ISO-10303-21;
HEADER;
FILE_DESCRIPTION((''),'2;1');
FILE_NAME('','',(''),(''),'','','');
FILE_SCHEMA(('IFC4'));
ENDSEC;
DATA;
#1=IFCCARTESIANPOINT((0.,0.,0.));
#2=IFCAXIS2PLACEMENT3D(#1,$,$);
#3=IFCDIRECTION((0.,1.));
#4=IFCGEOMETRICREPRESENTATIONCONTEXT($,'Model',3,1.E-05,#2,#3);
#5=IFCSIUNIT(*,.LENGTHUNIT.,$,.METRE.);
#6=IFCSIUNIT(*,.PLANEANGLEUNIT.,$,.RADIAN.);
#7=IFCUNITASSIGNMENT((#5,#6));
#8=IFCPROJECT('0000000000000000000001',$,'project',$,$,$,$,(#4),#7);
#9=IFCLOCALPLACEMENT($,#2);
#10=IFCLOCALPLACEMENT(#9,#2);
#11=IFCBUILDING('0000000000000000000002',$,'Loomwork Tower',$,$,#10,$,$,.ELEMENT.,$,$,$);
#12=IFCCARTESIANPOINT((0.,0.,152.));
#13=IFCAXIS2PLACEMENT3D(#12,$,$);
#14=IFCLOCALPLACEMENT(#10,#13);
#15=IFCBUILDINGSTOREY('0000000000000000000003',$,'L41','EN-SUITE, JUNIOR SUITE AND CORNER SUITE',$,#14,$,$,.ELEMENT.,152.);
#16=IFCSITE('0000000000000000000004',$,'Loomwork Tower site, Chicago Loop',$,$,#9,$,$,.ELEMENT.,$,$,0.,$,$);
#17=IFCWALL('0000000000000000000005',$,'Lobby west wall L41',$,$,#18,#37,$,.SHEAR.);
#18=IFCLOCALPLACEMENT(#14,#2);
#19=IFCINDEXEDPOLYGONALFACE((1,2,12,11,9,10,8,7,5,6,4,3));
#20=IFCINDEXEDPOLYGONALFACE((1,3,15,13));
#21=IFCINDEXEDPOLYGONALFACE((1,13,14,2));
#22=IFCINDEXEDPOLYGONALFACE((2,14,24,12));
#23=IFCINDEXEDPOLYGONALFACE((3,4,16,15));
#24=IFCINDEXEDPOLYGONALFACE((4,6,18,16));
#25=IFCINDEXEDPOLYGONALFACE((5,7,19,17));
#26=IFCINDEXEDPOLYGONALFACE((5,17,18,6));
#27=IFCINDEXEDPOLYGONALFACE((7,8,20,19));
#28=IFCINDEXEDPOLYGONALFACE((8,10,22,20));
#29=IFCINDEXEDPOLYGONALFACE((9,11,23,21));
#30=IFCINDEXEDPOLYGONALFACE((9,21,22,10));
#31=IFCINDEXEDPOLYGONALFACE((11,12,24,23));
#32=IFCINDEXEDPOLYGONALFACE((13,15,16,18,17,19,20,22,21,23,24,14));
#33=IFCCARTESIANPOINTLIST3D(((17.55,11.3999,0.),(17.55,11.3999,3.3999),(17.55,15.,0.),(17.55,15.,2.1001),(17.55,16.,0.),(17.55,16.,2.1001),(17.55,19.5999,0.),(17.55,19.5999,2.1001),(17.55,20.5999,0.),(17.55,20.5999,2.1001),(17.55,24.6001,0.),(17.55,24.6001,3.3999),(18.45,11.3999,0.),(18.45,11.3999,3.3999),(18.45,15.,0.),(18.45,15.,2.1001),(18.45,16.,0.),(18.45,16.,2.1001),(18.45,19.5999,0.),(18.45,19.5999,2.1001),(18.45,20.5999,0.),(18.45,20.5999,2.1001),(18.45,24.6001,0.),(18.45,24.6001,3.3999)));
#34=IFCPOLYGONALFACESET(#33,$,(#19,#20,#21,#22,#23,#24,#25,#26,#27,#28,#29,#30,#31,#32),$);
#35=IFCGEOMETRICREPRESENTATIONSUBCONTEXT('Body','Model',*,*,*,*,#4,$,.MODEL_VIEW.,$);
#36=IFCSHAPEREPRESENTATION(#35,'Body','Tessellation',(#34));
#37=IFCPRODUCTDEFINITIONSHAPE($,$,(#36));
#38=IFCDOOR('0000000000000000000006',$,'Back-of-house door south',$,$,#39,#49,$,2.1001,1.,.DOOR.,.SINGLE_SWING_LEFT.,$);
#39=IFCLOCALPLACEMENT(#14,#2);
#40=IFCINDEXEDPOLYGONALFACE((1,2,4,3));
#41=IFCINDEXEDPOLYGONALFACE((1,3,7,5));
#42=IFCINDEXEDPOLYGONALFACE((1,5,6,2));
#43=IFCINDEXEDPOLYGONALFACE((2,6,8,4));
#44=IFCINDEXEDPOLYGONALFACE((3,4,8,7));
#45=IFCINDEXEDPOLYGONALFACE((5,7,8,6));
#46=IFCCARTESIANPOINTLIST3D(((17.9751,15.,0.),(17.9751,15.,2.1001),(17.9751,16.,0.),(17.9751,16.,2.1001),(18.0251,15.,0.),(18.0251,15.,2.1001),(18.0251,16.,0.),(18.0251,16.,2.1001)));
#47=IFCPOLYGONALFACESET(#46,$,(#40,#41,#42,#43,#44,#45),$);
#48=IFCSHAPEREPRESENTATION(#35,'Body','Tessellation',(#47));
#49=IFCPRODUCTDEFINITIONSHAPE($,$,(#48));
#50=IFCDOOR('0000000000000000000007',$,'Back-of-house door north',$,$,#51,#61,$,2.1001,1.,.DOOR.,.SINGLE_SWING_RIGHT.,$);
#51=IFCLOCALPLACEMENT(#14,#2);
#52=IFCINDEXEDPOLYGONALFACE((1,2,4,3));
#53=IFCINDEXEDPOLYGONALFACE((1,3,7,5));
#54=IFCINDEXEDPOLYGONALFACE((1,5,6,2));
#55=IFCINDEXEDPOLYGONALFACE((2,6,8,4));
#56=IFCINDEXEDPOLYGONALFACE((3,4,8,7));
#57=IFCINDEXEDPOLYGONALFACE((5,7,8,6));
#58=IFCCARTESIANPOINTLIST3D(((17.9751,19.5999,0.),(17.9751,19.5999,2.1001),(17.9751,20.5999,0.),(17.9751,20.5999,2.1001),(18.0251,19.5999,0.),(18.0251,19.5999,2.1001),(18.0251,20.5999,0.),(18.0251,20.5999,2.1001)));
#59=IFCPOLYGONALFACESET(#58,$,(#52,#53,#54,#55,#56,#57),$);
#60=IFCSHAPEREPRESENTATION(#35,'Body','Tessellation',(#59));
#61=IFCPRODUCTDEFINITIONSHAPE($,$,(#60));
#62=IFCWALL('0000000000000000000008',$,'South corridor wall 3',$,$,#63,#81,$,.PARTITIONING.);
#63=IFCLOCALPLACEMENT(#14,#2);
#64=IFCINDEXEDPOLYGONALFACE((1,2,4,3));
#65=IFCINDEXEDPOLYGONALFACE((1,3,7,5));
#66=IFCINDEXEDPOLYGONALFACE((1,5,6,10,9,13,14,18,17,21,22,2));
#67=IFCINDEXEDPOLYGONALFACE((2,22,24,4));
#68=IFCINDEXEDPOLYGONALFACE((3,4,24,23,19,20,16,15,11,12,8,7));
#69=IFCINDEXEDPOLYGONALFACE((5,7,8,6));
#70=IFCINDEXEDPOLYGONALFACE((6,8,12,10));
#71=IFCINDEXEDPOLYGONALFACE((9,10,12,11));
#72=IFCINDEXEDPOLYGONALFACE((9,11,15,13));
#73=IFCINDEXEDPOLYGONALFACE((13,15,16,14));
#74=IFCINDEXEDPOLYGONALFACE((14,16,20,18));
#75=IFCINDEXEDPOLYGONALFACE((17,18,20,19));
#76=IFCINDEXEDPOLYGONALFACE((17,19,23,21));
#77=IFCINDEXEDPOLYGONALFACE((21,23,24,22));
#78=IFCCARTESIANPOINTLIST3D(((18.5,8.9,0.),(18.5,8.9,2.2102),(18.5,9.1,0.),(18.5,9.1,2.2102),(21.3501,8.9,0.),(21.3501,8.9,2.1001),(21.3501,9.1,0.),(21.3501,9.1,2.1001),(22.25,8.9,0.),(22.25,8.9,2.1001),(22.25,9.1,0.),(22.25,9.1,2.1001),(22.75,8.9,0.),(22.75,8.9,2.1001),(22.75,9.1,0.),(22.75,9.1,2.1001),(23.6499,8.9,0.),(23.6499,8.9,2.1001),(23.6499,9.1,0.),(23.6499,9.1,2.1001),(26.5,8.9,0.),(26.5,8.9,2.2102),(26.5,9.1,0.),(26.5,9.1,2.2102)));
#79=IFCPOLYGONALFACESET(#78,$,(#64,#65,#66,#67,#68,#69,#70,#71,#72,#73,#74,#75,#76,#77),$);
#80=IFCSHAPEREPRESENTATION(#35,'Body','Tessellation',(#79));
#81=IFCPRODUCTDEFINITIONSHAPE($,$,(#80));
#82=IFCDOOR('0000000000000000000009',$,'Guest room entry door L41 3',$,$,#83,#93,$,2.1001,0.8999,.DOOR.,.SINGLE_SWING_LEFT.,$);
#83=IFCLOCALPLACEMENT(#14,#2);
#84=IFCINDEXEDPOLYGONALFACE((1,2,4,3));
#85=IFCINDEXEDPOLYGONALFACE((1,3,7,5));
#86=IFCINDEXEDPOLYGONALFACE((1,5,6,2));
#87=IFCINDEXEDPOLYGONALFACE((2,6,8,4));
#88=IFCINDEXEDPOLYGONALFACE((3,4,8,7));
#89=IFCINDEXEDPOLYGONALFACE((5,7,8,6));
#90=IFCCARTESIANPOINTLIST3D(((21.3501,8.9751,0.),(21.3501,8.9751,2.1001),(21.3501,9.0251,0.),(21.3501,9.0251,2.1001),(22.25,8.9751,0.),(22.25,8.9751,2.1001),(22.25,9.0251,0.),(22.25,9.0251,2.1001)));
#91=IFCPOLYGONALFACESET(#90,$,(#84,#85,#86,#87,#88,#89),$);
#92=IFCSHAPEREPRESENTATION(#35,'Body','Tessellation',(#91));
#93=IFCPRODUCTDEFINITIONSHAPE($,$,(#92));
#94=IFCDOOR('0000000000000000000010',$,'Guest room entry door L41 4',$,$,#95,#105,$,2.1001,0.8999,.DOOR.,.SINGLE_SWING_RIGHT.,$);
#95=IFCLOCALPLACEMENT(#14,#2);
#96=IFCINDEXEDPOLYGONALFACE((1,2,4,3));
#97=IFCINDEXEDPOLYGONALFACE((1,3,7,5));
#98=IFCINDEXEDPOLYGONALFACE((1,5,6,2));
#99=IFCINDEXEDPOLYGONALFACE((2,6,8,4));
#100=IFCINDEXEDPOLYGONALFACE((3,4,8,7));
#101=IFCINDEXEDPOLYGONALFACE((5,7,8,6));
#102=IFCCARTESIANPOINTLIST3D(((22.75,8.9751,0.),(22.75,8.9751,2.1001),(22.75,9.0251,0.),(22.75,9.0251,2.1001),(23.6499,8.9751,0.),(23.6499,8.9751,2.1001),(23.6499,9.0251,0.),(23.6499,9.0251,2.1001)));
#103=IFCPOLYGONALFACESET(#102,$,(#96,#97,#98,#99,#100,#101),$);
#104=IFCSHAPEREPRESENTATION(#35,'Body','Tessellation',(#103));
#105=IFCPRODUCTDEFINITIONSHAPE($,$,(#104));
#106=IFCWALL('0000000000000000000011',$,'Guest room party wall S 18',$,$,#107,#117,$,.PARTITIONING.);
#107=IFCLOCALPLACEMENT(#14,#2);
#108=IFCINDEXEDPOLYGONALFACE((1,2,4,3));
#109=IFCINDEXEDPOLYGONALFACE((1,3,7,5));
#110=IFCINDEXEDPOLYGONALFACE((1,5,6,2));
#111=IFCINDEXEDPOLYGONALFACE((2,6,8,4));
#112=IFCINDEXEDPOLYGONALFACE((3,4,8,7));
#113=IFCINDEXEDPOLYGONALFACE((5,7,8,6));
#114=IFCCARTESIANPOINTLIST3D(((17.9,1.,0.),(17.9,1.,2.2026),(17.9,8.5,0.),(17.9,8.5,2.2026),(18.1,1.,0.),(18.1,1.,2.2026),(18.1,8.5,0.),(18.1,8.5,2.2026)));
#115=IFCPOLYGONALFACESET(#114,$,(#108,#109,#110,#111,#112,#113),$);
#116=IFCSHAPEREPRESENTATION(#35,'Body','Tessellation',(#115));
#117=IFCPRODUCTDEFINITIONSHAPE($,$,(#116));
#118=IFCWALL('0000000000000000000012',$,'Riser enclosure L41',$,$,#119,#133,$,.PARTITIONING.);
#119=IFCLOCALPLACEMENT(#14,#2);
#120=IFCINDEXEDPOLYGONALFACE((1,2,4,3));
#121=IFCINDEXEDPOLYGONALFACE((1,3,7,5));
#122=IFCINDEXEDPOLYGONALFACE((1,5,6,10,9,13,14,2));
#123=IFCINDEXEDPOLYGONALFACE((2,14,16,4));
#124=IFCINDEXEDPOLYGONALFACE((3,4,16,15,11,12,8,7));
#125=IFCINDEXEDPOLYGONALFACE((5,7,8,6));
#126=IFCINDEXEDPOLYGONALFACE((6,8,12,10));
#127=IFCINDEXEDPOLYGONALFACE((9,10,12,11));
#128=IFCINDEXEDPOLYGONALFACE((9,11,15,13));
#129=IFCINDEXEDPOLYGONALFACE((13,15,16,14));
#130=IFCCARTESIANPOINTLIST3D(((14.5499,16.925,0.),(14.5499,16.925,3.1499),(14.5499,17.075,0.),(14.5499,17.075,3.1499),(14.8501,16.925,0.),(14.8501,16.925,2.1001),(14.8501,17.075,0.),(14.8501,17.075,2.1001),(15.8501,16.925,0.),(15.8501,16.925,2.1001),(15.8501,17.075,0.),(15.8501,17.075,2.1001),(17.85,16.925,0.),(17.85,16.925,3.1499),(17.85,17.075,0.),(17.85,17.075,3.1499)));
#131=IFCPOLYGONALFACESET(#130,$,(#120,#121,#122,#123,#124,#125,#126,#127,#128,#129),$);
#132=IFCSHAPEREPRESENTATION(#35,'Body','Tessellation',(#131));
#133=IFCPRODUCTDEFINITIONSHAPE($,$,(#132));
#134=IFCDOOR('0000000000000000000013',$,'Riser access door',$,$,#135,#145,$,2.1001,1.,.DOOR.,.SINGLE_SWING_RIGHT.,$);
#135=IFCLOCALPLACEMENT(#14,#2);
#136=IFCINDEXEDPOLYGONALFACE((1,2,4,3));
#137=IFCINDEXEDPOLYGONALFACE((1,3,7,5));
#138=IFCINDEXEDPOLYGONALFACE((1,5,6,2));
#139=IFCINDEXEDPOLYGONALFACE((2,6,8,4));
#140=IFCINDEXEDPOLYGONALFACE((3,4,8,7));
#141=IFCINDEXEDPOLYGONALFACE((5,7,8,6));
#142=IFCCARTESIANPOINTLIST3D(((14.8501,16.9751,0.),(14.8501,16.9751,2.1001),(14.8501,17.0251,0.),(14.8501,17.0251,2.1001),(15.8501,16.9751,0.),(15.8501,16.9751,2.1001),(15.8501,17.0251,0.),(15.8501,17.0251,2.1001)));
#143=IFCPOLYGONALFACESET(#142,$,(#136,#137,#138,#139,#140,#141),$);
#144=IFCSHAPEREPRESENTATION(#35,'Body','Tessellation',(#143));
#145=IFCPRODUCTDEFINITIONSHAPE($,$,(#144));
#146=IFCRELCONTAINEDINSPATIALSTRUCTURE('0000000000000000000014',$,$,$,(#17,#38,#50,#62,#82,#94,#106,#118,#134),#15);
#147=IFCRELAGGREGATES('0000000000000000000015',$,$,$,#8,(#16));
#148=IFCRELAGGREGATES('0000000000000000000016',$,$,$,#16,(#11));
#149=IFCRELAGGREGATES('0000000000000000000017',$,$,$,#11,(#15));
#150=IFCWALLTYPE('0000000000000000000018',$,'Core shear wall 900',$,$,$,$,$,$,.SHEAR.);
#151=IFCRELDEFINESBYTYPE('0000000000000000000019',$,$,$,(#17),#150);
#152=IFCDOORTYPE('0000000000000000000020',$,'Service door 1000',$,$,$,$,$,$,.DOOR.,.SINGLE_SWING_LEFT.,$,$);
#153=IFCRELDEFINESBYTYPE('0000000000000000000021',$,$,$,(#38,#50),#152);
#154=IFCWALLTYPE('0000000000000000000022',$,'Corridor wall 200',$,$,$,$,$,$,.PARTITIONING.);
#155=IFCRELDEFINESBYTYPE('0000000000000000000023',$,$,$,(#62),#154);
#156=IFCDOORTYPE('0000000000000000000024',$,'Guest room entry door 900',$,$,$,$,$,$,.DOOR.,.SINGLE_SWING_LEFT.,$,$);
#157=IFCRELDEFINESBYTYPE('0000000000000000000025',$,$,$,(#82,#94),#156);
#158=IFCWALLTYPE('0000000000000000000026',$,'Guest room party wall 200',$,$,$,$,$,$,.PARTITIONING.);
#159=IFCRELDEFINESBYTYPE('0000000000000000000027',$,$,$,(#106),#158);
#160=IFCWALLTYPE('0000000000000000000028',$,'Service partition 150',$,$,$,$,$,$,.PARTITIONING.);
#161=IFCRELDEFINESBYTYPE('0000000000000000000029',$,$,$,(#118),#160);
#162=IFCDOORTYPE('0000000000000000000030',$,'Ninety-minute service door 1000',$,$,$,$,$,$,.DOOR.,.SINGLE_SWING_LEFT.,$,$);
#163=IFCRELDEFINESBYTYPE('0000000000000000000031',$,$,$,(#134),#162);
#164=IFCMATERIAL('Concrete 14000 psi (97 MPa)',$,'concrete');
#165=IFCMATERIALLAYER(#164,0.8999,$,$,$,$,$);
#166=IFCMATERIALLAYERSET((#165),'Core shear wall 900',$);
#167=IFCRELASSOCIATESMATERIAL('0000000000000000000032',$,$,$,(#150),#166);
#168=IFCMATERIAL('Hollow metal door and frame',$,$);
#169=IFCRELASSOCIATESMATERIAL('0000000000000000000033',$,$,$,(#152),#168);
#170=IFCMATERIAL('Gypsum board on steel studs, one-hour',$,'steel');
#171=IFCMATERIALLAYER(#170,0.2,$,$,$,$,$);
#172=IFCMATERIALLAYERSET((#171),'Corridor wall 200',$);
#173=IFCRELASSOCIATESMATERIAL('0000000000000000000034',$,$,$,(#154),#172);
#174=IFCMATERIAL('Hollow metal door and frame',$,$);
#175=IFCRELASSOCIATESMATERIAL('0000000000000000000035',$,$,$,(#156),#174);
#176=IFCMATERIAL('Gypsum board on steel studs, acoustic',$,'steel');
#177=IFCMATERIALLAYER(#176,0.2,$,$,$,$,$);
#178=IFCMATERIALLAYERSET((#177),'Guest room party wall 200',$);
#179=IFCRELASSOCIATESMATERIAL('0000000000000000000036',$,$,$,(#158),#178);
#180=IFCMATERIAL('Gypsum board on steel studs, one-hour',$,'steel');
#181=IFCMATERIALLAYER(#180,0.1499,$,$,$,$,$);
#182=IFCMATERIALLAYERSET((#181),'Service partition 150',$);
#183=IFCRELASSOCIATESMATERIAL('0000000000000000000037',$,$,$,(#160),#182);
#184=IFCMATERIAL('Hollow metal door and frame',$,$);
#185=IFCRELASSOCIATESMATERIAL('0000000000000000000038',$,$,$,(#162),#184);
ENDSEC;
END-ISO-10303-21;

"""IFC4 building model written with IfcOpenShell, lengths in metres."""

from ifc_helpers import new_model, si_unit, direction, frame, frame_2d, origin, place, context, subcontext, project, spatial, rectangle, extrude, material, layer, layer_set, type_object, element, fill, save


model = new_model("IFC4")

# Units and contexts
model_context = context("Model", 3, precision=1e-05, world=origin(), true_north=direction((0.0, 1.0)))
body_context = subcontext(model_context, "Body", "Model", "MODEL_VIEW")
ifc_project = project(units=[si_unit("LENGTHUNIT", "METRE"), si_unit("PLANEANGLEUNIT", "RADIAN")], contexts=[model_context])

# Site, building, storey
site_placement = place(None, origin())
site = spatial("IfcSite", under=ifc_project, at=site_placement, Name="Loomwork Tower site, Chicago Loop", CompositionType="ELEMENT", RefElevation=0.0)
building_placement = place(site_placement, origin())
building = spatial("IfcBuilding", under=site, at=building_placement, Name="Loomwork Tower", CompositionType="ELEMENT")
storey_placement = place(building_placement, frame((0.0, 0.0, 152.0)))
storey = spatial("IfcBuildingStorey", under=building, at=storey_placement, Name="L41", Description="EN-SUITE, JUNIOR SUITE AND CORNER SUITE", CompositionType="ELEMENT", Elevation=152.0)

# Walls, openings, doors
ifc_material_1 = material(Name="Concrete 14000 psi (97 MPa)", Category="concrete")
ifc_layer_1 = layer(ifc_material_1, 0.8999)
ifc_layer_set_1 = layer_set([ifc_layer_1], Name="Core shear wall 900")
wall_type_1 = type_object("IfcWallType", Name="Core shear wall 900", PredefinedType="SHEAR", material=ifc_layer_set_1)
wall_1_placement = place(storey_placement, frame((18.0, 11.3999, 0.0), z_axis=(0.0, 0.0, 1.0), x_axis=(0.0, 1.0, 0.0)))
wall_1 = element("IfcWall", 1, at=wall_1_placement, inside=storey, type_object=wall_type_1, Name="Lobby west wall L41", PredefinedType="SHEAR", context=body_context, shape_type="SweptSolid", body=[
    extrude(rectangle(XDim=13.2002, YDim=0.8999, at=frame_2d((6.6001, 0.0))), origin(), (0.0, 0.0, 1.0), 3.3999),
])
opening_1_placement = place(wall_1_placement, frame((3.6001, 0.0, 0.0)))
opening_1 = element("IfcOpeningElement", 2, at=opening_1_placement, cuts=wall_1, PredefinedType="OPENING", context=body_context, shape_type="SweptSolid", body=[
    extrude(rectangle(XDim=1.0, YDim=2.1001, at=frame_2d((0.5, 1.05))), frame((0.0, 0.46, 0.0), z_axis=(0.0, -1.0, 0.0), x_axis=(1.0, 0.0, 0.0)), (0.0, 0.0, 1.0), 0.9199),
])
opening_2_placement = place(wall_1_placement, frame((8.2, 0.0, 0.0)))
opening_2 = element("IfcOpeningElement", 3, at=opening_2_placement, cuts=wall_1, PredefinedType="OPENING", context=body_context, shape_type="SweptSolid", body=[
    extrude(rectangle(XDim=1.0, YDim=2.1001, at=frame_2d((0.5, 1.05))), frame((0.0, 0.46, 0.0), z_axis=(0.0, -1.0, 0.0), x_axis=(1.0, 0.0, 0.0)), (0.0, 0.0, 1.0), 0.9199),
])
ifc_material_2 = material(Name="Hollow metal door and frame")
door_type_1 = type_object("IfcDoorType", Name="Service door 1000", OperationType="SINGLE_SWING_LEFT", PredefinedType="DOOR", material=ifc_material_2)
door_1_placement = place(opening_1_placement, origin())
door_1 = element("IfcDoor", 4, at=door_1_placement, inside=storey, type_object=door_type_1, Name="Back-of-house door south", OperationType="SINGLE_SWING_LEFT", OverallHeight=2.1001, OverallWidth=1.0, PredefinedType="DOOR", context=body_context, shape_type="SweptSolid", body=[
    extrude(rectangle(XDim=1.0, YDim=2.1001, at=frame_2d((0.5, 1.05))), frame((0.0, 0.0249, 0.0), z_axis=(0.0, -1.0, 0.0), x_axis=(1.0, 0.0, 0.0)), (0.0, 0.0, 1.0), 0.05),
])
fill(opening_1, door_1)
door_2_placement = place(opening_2_placement, origin())
door_2 = element("IfcDoor", 5, at=door_2_placement, inside=storey, type_object=door_type_1, Name="Back-of-house door north", OperationType="SINGLE_SWING_RIGHT", OverallHeight=2.1001, OverallWidth=1.0, PredefinedType="DOOR", context=body_context, shape_type="SweptSolid", body=[
    extrude(rectangle(XDim=1.0, YDim=2.1001, at=frame_2d((0.5, 1.05))), frame((0.0, 0.0249, 0.0), z_axis=(0.0, -1.0, 0.0), x_axis=(1.0, 0.0, 0.0)), (0.0, 0.0, 1.0), 0.05),
])
fill(opening_2, door_2)
ifc_material_3 = material(Name="Gypsum board on steel studs, one-hour", Category="steel")
ifc_layer_2 = layer(ifc_material_3, 0.2)
ifc_layer_set_2 = layer_set([ifc_layer_2], Name="Corridor wall 200")
wall_type_2 = type_object("IfcWallType", Name="Corridor wall 200", PredefinedType="PARTITIONING", material=ifc_layer_set_2)
wall_2_placement = place(storey_placement, frame((18.5, 9.0, 0.0), z_axis=(0.0, 0.0, 1.0), x_axis=(1.0, 0.0, 0.0)))
wall_2 = element("IfcWall", 6, at=wall_2_placement, inside=storey, type_object=wall_type_2, Name="South corridor wall 3", PredefinedType="PARTITIONING", context=body_context, shape_type="SweptSolid", body=[
    extrude(rectangle(XDim=8.0, YDim=0.2, at=frame_2d((4.0, 0.0))), origin(), (0.0, 0.0, 1.0), 2.2102),
])
opening_3_placement = place(wall_2_placement, frame((2.8501, 0.0, 0.0)))
opening_3 = element("IfcOpeningElement", 7, at=opening_3_placement, cuts=wall_2, PredefinedType="OPENING", context=body_context, shape_type="SweptSolid", body=[
    extrude(rectangle(XDim=0.8999, YDim=2.1001, at=frame_2d((0.45, 1.05))), frame((0.0, 0.1099, 0.0), z_axis=(0.0, -1.0, 0.0), x_axis=(1.0, 0.0, 0.0)), (0.0, 0.0, 1.0), 0.22),
])
opening_4_placement = place(wall_2_placement, frame((4.25, 0.0, 0.0)))
opening_4 = element("IfcOpeningElement", 8, at=opening_4_placement, cuts=wall_2, PredefinedType="OPENING", context=body_context, shape_type="SweptSolid", body=[
    extrude(rectangle(XDim=0.8999, YDim=2.1001, at=frame_2d((0.45, 1.05))), frame((0.0, 0.1099, 0.0), z_axis=(0.0, -1.0, 0.0), x_axis=(1.0, 0.0, 0.0)), (0.0, 0.0, 1.0), 0.22),
])
ifc_material_4 = material(Name="Hollow metal door and frame")
door_type_2 = type_object("IfcDoorType", Name="Guest room entry door 900", OperationType="SINGLE_SWING_LEFT", PredefinedType="DOOR", material=ifc_material_4)
door_3_placement = place(opening_3_placement, frame((0.8999, 0.0, 0.0), z_axis=(0.0, 0.0, 1.0), x_axis=(-1.0, 0.0, 0.0)))
door_3 = element("IfcDoor", 9, at=door_3_placement, inside=storey, type_object=door_type_2, Name="Guest room entry door L41 3", OperationType="SINGLE_SWING_LEFT", OverallHeight=2.1001, OverallWidth=0.8999, PredefinedType="DOOR", context=body_context, shape_type="SweptSolid", body=[
    extrude(rectangle(XDim=0.8999, YDim=2.1001, at=frame_2d((0.45, 1.05))), frame((0.0, 0.0249, 0.0), z_axis=(0.0, -1.0, 0.0), x_axis=(1.0, 0.0, 0.0)), (0.0, 0.0, 1.0), 0.05),
])
fill(opening_3, door_3)
door_4_placement = place(opening_4_placement, frame((0.8999, 0.0, 0.0), z_axis=(0.0, 0.0, 1.0), x_axis=(-1.0, 0.0, 0.0)))
door_4 = element("IfcDoor", 10, at=door_4_placement, inside=storey, type_object=door_type_2, Name="Guest room entry door L41 4", OperationType="SINGLE_SWING_RIGHT", OverallHeight=2.1001, OverallWidth=0.8999, PredefinedType="DOOR", context=body_context, shape_type="SweptSolid", body=[
    extrude(rectangle(XDim=0.8999, YDim=2.1001, at=frame_2d((0.45, 1.05))), frame((0.0, 0.0249, 0.0), z_axis=(0.0, -1.0, 0.0), x_axis=(1.0, 0.0, 0.0)), (0.0, 0.0, 1.0), 0.05),
])
fill(opening_4, door_4)

# Wall
ifc_material_5 = material(Name="Gypsum board on steel studs, acoustic", Category="steel")
ifc_layer_3 = layer(ifc_material_5, 0.2)
ifc_layer_set_3 = layer_set([ifc_layer_3], Name="Guest room party wall 200")
wall_type_3 = type_object("IfcWallType", Name="Guest room party wall 200", PredefinedType="PARTITIONING", material=ifc_layer_set_3)
wall_3_placement = place(storey_placement, frame((18.0, 8.5, 0.0), z_axis=(0.0, 0.0, 1.0), x_axis=(0.0, -1.0, 0.0)))
element("IfcWall", 11, at=wall_3_placement, inside=storey, type_object=wall_type_3, Name="Guest room party wall S 18", PredefinedType="PARTITIONING", context=body_context, shape_type="SweptSolid", body=[
    extrude(rectangle(XDim=7.5, YDim=0.2, at=frame_2d((3.75, 0.0))), origin(), (0.0, 0.0, 1.0), 2.2026),
])

# Wall, opening, door
ifc_material_6 = material(Name="Gypsum board on steel studs, one-hour", Category="steel")
ifc_layer_4 = layer(ifc_material_6, 0.1499)
ifc_layer_set_4 = layer_set([ifc_layer_4], Name="Service partition 150")
wall_type_4 = type_object("IfcWallType", Name="Service partition 150", PredefinedType="PARTITIONING", material=ifc_layer_set_4)
wall_4_placement = place(storey_placement, frame((14.55, 17.0, 0.0), z_axis=(0.0, 0.0, 1.0), x_axis=(1.0, 0.0, 0.0)))
wall_4 = element("IfcWall", 12, at=wall_4_placement, inside=storey, type_object=wall_type_4, Name="Riser enclosure L41", PredefinedType="PARTITIONING", context=body_context, shape_type="SweptSolid", body=[
    extrude(rectangle(XDim=3.3, YDim=0.1499, at=frame_2d((1.6499, 0.0))), origin(), (0.0, 0.0, 1.0), 3.1499),
])
opening_5_placement = place(wall_4_placement, frame((0.3, 0.0, 0.0)))
opening_5 = element("IfcOpeningElement", 13, at=opening_5_placement, cuts=wall_4, PredefinedType="OPENING", context=body_context, shape_type="SweptSolid", body=[
    extrude(rectangle(XDim=1.0, YDim=2.1001, at=frame_2d((0.5, 1.05))), frame((0.0, 0.085, 0.0), z_axis=(0.0, -1.0, 0.0), x_axis=(1.0, 0.0, 0.0)), (0.0, 0.0, 1.0), 0.1699),
])
ifc_material_7 = material(Name="Hollow metal door and frame")
door_type_3 = type_object("IfcDoorType", Name="Ninety-minute service door 1000", OperationType="SINGLE_SWING_LEFT", PredefinedType="DOOR", material=ifc_material_7)
door_5_placement = place(opening_5_placement, frame((1.0, 0.0, 0.0), z_axis=(0.0, 0.0, 1.0), x_axis=(-1.0, 0.0, 0.0)))
door_5 = element("IfcDoor", 14, at=door_5_placement, inside=storey, type_object=door_type_3, Name="Riser access door", OperationType="SINGLE_SWING_RIGHT", OverallHeight=2.1001, OverallWidth=1.0, PredefinedType="DOOR", context=body_context, shape_type="SweptSolid", body=[
    extrude(rectangle(XDim=1.0, YDim=2.1001, at=frame_2d((0.5, 1.05))), frame((0.0, 0.0249, 0.0), z_axis=(0.0, -1.0, 0.0), x_axis=(1.0, 0.0, 0.0)), (0.0, 0.0, 1.0), 0.05),
])
fill(opening_5, door_5)

save(model, "model.ifc")
